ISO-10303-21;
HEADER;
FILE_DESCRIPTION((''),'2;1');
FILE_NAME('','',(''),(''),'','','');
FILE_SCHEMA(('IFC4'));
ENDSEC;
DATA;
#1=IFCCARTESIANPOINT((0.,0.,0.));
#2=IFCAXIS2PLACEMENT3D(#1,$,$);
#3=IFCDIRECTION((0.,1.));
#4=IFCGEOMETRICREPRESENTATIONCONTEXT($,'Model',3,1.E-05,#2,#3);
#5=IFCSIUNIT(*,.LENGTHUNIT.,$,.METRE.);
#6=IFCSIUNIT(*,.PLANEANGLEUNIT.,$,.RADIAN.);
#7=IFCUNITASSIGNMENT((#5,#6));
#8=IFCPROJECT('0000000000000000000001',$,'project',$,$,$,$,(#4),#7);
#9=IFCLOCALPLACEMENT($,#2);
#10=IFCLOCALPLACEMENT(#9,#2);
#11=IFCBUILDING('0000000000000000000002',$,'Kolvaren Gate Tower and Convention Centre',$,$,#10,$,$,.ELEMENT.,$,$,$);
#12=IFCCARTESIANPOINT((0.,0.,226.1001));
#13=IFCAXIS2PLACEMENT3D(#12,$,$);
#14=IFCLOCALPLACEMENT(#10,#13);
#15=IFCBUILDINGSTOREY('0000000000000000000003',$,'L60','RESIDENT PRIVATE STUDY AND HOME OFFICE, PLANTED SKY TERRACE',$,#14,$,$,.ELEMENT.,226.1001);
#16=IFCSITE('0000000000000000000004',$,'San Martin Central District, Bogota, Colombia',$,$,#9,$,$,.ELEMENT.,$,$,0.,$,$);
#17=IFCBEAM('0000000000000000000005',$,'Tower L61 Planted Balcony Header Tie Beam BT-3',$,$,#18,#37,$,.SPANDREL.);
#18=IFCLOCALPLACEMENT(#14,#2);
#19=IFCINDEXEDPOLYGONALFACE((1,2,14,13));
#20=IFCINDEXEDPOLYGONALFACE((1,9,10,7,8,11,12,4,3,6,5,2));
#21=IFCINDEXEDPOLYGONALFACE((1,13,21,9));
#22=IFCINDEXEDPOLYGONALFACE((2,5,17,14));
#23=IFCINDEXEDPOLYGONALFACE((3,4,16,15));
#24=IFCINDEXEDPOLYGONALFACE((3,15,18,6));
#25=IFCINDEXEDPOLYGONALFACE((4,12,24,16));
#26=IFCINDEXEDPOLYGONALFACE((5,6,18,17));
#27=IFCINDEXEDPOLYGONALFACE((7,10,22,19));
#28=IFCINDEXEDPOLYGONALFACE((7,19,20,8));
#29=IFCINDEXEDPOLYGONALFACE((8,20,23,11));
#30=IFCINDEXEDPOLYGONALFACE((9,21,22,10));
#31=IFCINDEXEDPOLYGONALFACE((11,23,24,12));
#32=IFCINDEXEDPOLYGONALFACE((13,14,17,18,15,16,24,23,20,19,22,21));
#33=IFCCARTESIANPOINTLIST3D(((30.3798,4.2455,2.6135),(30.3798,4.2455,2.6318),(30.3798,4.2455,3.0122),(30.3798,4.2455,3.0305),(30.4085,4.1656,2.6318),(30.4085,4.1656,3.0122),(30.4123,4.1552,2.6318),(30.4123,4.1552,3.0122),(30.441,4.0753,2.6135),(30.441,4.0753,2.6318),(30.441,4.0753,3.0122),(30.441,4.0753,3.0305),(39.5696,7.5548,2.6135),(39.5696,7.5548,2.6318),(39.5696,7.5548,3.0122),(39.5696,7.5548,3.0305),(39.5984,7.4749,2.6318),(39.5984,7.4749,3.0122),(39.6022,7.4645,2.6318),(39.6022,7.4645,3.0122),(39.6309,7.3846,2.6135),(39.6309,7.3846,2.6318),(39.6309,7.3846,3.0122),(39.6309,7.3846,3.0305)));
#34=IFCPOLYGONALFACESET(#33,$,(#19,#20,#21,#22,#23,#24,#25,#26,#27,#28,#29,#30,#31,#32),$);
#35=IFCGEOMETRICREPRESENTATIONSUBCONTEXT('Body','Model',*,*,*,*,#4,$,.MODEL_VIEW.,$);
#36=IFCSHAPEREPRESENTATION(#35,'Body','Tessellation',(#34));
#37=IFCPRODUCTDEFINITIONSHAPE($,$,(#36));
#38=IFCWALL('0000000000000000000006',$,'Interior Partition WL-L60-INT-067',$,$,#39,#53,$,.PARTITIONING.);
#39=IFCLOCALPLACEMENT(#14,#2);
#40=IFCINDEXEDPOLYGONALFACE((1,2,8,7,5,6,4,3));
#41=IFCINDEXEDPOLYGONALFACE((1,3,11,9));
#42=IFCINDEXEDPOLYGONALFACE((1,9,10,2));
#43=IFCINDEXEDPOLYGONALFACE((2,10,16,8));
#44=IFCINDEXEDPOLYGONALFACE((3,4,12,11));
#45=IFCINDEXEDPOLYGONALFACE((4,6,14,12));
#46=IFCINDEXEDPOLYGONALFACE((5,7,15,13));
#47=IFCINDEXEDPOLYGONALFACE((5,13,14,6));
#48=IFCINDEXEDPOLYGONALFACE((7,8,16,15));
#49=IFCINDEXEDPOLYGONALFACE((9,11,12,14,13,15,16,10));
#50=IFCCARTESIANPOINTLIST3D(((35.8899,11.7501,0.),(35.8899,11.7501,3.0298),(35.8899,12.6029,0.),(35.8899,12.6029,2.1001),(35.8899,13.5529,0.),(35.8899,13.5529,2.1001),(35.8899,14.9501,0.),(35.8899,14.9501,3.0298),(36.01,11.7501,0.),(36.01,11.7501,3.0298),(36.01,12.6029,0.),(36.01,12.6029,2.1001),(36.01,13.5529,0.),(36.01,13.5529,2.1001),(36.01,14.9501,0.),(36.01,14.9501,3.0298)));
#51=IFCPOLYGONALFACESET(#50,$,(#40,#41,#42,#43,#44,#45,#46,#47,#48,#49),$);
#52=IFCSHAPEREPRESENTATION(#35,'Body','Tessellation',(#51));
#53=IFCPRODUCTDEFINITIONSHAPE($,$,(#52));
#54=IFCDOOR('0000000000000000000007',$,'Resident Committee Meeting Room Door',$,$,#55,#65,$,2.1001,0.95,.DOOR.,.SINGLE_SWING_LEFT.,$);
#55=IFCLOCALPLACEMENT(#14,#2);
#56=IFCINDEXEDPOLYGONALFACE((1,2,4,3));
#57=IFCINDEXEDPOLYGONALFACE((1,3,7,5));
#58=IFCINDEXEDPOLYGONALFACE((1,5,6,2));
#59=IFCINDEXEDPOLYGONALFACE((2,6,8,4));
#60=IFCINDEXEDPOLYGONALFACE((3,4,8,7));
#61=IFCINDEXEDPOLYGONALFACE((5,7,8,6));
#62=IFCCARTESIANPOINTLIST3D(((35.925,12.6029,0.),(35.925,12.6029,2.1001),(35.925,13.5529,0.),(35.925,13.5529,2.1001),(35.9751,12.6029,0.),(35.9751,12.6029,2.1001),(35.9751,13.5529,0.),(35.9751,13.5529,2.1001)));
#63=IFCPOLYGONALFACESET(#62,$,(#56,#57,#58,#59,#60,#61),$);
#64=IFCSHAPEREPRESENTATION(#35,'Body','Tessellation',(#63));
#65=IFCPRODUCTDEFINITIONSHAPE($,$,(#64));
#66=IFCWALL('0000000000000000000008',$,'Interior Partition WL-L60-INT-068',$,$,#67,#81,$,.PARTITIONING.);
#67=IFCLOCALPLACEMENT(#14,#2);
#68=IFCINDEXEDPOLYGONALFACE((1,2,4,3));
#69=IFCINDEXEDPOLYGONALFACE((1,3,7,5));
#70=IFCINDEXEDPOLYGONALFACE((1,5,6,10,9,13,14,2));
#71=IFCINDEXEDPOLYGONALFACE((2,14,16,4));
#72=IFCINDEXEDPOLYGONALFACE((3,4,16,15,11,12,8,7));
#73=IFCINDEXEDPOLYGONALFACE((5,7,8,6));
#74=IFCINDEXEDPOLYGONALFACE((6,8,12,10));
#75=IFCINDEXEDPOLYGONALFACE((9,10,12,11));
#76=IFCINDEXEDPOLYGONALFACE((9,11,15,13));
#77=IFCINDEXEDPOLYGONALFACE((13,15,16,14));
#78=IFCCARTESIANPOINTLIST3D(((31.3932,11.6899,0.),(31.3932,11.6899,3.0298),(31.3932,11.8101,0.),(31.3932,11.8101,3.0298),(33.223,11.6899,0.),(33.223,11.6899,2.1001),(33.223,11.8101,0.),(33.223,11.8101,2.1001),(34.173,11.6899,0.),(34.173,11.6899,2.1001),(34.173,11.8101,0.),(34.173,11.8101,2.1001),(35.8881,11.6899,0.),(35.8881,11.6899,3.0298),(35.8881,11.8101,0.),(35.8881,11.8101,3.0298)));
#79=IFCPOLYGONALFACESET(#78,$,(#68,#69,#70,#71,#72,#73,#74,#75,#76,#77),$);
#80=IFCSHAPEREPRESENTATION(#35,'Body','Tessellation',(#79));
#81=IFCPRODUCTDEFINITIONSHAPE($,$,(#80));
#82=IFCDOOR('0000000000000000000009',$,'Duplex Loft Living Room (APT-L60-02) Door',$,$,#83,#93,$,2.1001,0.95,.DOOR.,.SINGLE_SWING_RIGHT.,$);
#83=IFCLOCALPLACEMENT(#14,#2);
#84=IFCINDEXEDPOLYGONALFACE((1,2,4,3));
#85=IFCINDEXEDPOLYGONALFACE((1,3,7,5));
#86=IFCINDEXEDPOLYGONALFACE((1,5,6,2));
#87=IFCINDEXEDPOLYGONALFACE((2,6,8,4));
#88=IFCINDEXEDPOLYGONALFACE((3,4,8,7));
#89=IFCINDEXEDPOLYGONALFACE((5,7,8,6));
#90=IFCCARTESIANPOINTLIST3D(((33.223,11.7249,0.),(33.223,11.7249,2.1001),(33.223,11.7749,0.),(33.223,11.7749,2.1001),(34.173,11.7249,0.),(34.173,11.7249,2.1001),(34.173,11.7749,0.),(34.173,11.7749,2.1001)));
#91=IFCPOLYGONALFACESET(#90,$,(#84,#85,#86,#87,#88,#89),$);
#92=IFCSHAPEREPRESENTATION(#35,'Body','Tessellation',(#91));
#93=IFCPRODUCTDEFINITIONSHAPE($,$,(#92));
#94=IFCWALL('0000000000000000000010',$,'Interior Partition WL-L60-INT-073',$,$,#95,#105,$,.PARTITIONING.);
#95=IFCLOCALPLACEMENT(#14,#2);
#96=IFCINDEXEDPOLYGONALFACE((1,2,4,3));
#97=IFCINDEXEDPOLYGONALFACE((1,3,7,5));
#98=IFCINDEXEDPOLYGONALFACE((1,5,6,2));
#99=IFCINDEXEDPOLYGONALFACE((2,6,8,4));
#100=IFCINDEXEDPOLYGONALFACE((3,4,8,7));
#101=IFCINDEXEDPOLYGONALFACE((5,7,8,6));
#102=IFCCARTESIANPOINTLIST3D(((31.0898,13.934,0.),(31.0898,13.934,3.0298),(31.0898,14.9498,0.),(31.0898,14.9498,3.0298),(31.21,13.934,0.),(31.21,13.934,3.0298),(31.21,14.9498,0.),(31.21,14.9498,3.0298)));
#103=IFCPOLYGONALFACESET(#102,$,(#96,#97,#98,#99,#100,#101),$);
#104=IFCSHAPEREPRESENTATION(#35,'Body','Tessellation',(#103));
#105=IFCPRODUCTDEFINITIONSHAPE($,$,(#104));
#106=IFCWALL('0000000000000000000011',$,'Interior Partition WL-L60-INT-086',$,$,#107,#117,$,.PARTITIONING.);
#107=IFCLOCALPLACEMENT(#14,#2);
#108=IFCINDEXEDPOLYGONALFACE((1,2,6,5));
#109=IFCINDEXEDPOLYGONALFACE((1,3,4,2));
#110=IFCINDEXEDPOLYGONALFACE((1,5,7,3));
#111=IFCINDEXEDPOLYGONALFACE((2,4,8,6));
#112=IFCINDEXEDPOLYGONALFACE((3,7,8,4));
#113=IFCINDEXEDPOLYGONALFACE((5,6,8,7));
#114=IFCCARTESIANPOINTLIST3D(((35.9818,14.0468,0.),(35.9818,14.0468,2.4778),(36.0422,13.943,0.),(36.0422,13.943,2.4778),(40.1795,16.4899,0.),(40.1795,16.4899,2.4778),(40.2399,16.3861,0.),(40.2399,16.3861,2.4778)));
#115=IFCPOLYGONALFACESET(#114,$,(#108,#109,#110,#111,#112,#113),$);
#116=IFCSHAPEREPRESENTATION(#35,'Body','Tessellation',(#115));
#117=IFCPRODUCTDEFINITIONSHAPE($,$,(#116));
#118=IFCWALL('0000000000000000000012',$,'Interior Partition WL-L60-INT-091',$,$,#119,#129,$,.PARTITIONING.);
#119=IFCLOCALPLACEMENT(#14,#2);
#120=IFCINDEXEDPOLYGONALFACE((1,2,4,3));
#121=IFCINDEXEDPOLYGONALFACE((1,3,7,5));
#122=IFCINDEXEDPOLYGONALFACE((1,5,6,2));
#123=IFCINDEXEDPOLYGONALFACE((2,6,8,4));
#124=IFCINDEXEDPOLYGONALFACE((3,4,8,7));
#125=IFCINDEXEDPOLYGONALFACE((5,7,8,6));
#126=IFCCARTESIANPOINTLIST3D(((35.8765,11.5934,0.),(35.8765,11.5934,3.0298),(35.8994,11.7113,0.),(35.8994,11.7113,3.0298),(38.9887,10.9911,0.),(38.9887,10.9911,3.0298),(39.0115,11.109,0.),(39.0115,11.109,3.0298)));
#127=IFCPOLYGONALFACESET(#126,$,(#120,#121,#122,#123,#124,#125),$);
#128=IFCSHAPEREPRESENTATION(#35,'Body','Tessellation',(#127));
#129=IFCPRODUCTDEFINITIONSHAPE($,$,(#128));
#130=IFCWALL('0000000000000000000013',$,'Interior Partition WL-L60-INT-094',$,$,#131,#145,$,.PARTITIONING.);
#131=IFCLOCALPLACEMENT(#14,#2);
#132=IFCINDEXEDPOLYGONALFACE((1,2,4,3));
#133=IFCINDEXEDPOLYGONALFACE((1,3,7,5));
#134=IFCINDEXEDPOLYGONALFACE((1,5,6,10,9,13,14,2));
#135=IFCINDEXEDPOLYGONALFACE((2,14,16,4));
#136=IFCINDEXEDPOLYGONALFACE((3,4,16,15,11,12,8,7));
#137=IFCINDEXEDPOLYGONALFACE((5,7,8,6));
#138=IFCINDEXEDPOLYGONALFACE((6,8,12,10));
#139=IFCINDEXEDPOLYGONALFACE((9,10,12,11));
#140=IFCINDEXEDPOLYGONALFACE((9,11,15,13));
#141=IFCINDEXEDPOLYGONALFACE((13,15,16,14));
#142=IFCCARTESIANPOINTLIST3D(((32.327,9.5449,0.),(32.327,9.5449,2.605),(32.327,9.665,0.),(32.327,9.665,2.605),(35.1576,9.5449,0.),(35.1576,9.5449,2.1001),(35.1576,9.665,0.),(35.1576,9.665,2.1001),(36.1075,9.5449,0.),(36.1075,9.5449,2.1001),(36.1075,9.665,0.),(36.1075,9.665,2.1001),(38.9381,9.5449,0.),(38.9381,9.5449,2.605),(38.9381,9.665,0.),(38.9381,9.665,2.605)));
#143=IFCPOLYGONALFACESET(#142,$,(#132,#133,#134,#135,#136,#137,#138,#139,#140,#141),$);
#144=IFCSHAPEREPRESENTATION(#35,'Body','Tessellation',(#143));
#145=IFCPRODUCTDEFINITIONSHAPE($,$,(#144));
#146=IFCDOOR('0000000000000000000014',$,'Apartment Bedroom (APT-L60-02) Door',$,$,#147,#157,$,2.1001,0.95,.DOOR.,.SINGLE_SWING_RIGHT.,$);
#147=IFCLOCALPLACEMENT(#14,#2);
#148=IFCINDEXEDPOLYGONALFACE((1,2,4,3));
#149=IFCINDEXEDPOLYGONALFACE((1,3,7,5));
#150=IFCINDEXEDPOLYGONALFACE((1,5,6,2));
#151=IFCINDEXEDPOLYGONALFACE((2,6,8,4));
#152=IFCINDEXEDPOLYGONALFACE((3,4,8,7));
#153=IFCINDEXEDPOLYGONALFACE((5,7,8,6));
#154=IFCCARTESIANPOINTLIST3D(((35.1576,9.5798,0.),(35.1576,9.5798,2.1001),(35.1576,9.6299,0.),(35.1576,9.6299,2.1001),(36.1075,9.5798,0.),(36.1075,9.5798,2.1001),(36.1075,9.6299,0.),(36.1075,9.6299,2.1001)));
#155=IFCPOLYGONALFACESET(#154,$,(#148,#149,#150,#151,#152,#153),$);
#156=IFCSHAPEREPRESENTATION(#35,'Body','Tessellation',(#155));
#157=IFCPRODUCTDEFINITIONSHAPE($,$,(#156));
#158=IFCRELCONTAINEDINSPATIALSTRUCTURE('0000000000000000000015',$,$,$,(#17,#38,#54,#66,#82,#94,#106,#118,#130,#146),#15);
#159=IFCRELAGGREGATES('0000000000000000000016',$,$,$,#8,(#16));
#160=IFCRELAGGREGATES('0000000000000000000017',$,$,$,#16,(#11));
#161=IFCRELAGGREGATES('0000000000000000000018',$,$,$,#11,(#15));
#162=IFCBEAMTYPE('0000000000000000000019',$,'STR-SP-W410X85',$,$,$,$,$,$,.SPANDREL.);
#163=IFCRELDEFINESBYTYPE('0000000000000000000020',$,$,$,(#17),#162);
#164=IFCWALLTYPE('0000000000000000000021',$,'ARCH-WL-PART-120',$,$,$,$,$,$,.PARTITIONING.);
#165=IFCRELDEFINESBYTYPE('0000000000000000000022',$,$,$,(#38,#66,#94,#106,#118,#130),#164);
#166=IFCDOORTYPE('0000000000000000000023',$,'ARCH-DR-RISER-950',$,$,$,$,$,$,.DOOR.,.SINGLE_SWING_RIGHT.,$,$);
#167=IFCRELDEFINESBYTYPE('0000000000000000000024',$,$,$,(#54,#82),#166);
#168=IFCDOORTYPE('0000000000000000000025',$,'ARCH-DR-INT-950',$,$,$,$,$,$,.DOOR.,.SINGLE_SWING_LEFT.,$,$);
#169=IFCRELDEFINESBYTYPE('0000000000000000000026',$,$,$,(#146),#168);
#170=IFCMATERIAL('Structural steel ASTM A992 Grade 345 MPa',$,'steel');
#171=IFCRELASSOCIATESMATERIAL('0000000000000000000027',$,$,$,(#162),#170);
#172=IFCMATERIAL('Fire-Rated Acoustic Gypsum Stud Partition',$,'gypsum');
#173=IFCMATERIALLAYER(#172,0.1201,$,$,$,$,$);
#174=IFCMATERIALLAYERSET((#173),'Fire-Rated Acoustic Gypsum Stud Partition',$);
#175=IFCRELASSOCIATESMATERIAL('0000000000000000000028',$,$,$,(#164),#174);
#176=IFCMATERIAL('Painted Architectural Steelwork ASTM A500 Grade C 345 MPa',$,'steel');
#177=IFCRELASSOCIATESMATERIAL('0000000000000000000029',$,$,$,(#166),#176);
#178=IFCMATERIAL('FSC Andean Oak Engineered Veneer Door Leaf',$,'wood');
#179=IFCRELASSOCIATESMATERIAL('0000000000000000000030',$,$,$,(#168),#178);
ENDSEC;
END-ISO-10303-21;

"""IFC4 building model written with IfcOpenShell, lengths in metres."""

from ifc_helpers import new_model, si_unit, direction, frame, frame_2d, origin, origin_2d, place, context, subcontext, project, spatial, rectangle, i_section, extrude, material, layer, layer_set, material_profile, profile_set, type_object, element, fill, save


model = new_model("IFC4")

# Units and contexts
model_context = context("Model", 3, precision=1e-05, world=origin(), true_north=direction((0.0, 1.0)))
body_context = subcontext(model_context, "Body", "Model", "MODEL_VIEW")
ifc_project = project(units=[si_unit("LENGTHUNIT", "METRE"), si_unit("PLANEANGLEUNIT", "RADIAN")], contexts=[model_context])

# Site, building, storey
site_placement = place(None, origin())
site = spatial("IfcSite", under=ifc_project, at=site_placement, Name="San Martin Central District, Bogota, Colombia", CompositionType="ELEMENT", RefElevation=0.0)
building_placement = place(site_placement, origin())
building = spatial("IfcBuilding", under=site, at=building_placement, Name="Kolvaren Gate Tower and Convention Centre", CompositionType="ELEMENT")
storey_placement = place(building_placement, frame((0.0, 0.0, 226.1001)))
storey = spatial("IfcBuildingStorey", under=building, at=storey_placement, Name="L60", Description="RESIDENT PRIVATE STUDY AND HOME OFFICE, PLANTED SKY TERRACE", CompositionType="ELEMENT", Elevation=226.1001)

# Beam
ifc_material_1 = material(Name="Structural steel ASTM A992 Grade 345 MPa", Category="steel")
ifc_material_profile = material_profile(ifc_material_1, i_section(OverallWidth=0.1809, OverallDepth=0.417, WebThickness=0.011, FlangeThickness=0.0183, at=origin_2d()), Name="W410X85")
ifc_profile_set = profile_set([ifc_material_profile], Name="Structural steel ASTM A992 Grade 345 MPa")
beam_type = type_object("IfcBeamType", Name="STR-SP-W410X85", PredefinedType="SPANDREL", material=ifc_profile_set)
beam_placement = place(storey_placement, frame((30.4104, 4.1604, 2.822), z_axis=(0.940857, 0.338805, 0.0), x_axis=(-0.338805, 0.940857, 0.0)))
element("IfcBeam", 1, at=beam_placement, inside=storey, type_object=beam_type, Name="Tower L61 Planted Balcony Header Tie Beam BT-3", PredefinedType="SPANDREL", context=body_context, shape_type="SweptSolid", body=[
    extrude(i_section(OverallWidth=0.1809, OverallDepth=0.417, WebThickness=0.011, FlangeThickness=0.0183, at=origin_2d()), origin(), (0.0, 0.0, 1.0), 9.7676),
])

# Walls, openings, doors
ifc_material_2 = material(Name="Fire-Rated Acoustic Gypsum Stud Partition", Category="gypsum")
ifc_layer_1 = layer(ifc_material_2, 0.1201)
ifc_layer_set_1 = layer_set([ifc_layer_1], Name="Fire-Rated Acoustic Gypsum Stud Partition")
wall_type_1 = type_object("IfcWallType", Name="ARCH-WL-PART-120", PredefinedType="PARTITIONING", material=ifc_layer_set_1)
wall_1_placement = place(storey_placement, frame((35.95, 11.75, 0.0), z_axis=(0.0, 0.0, 1.0), x_axis=(0.0, 1.0, 0.0)))
wall_1 = element("IfcWall", 2, at=wall_1_placement, inside=storey, type_object=wall_type_1, Name="Interior Partition WL-L60-INT-067", PredefinedType="PARTITIONING", context=body_context, shape_type="SweptSolid", body=[
    extrude(rectangle(XDim=3.2, YDim=0.1201, at=frame_2d((1.6001, 0.0))), origin(), (0.0, 0.0, 1.0), 3.0298),
])
opening_1_placement = place(wall_1_placement, frame((0.8528, 0.0, 0.0)))
opening_1 = element("IfcOpeningElement", 3, at=opening_1_placement, cuts=wall_1, PredefinedType="OPENING", context=body_context, shape_type="SweptSolid", body=[
    extrude(rectangle(XDim=0.95, YDim=2.1001, at=frame_2d((0.4751, 1.05))), frame((0.0, 0.0701, 0.0), z_axis=(0.0, -1.0, 0.0), x_axis=(1.0, 0.0, 0.0)), (0.0, 0.0, 1.0), 0.1401),
])
ifc_material_3 = material(Name="Painted Architectural Steelwork ASTM A500 Grade C 345 MPa", Category="steel")
door_type_1 = type_object("IfcDoorType", Name="ARCH-DR-RISER-950", OperationType="SINGLE_SWING_RIGHT", PredefinedType="DOOR", material=ifc_material_3)
door_1_placement = place(opening_1_placement, origin())
door_1 = element("IfcDoor", 4, at=door_1_placement, inside=storey, type_object=door_type_1, Name="Resident Committee Meeting Room Door", OperationType="SINGLE_SWING_LEFT", OverallHeight=2.1001, OverallWidth=0.95, PredefinedType="DOOR", context=body_context, shape_type="SweptSolid", body=[
    extrude(rectangle(XDim=0.95, YDim=2.1001, at=frame_2d((0.4751, 1.05))), frame((0.0, 0.0249, 0.0), z_axis=(0.0, -1.0, 0.0), x_axis=(1.0, 0.0, 0.0)), (0.0, 0.0, 1.0), 0.05),
])
fill(opening_1, door_1)
wall_2_placement = place(storey_placement, frame((31.3931, 11.75, 0.0), z_axis=(0.0, 0.0, 1.0), x_axis=(1.0, 0.0, 0.0)))
wall_2 = element("IfcWall", 5, at=wall_2_placement, inside=storey, type_object=wall_type_1, Name="Interior Partition WL-L60-INT-068", PredefinedType="PARTITIONING", context=body_context, shape_type="SweptSolid", body=[
    extrude(rectangle(XDim=4.4949, YDim=0.1201, at=frame_2d((2.2476, 0.0))), origin(), (0.0, 0.0, 1.0), 3.0298),
])
opening_2_placement = place(wall_2_placement, frame((1.8298, 0.0, 0.0)))
opening_2 = element("IfcOpeningElement", 6, at=opening_2_placement, cuts=wall_2, PredefinedType="OPENING", context=body_context, shape_type="SweptSolid", body=[
    extrude(rectangle(XDim=0.95, YDim=2.1001, at=frame_2d((0.4751, 1.05))), frame((0.0, 0.0701, 0.0), z_axis=(0.0, -1.0, 0.0), x_axis=(1.0, 0.0, 0.0)), (0.0, 0.0, 1.0), 0.1401),
])
door_2_placement = place(opening_2_placement, origin())
door_2 = element("IfcDoor", 7, at=door_2_placement, inside=storey, type_object=door_type_1, Name="Duplex Loft Living Room (APT-L60-02) Door", OperationType="SINGLE_SWING_RIGHT", OverallHeight=2.1001, OverallWidth=0.95, PredefinedType="DOOR", context=body_context, shape_type="SweptSolid", body=[
    extrude(rectangle(XDim=0.95, YDim=2.1001, at=frame_2d((0.4751, 1.05))), frame((0.0, 0.0249, 0.0), z_axis=(0.0, -1.0, 0.0), x_axis=(1.0, 0.0, 0.0)), (0.0, 0.0, 1.0), 0.05),
])
fill(opening_2, door_2)

# Walls
wall_3_placement = place(storey_placement, frame((31.1499, 13.9341, 0.0), z_axis=(0.0, 0.0, 1.0), x_axis=(0.0, 1.0, 0.0)))
element("IfcWall", 8, at=wall_3_placement, inside=storey, type_object=wall_type_1, Name="Interior Partition WL-L60-INT-073", PredefinedType="PARTITIONING", context=body_context, shape_type="SweptSolid", body=[
    extrude(rectangle(XDim=1.0159, YDim=0.1201, at=frame_2d((0.5078, 0.0))), origin(), (0.0, 0.0, 1.0), 3.0298),
])
wall_4_placement = place(storey_placement, frame((36.012, 13.9949, 0.0), z_axis=(0.0, 0.0, 1.0), x_axis=(0.864278, 0.503014, 0.0)))
element("IfcWall", 9, at=wall_4_placement, inside=storey, type_object=wall_type_1, Name="Interior Partition WL-L60-INT-086", PredefinedType="PARTITIONING", context=body_context, shape_type="SweptSolid", body=[
    extrude(rectangle(XDim=4.8569, YDim=0.1201, at=frame_2d((2.4285, 0.0))), origin(), (0.0, 0.0, 1.0), 2.4778),
])
wall_5_placement = place(storey_placement, frame((35.8879, 11.6523, 0.0), z_axis=(0.0, 0.0, 1.0), x_axis=(0.981782, -0.19001, 0.0)))
element("IfcWall", 10, at=wall_5_placement, inside=storey, type_object=wall_type_1, Name="Interior Partition WL-L60-INT-091", PredefinedType="PARTITIONING", context=body_context, shape_type="SweptSolid", body=[
    extrude(rectangle(XDim=3.1699, YDim=0.1201, at=frame_2d((1.585, 0.0))), origin(), (0.0, 0.0, 1.0), 3.0298),
])

# Wall, opening, door
wall_6_placement = place(storey_placement, frame((32.3269, 9.605, 0.0), z_axis=(0.0, 0.0, 1.0), x_axis=(1.0, 0.0, 0.0)))
wall_6 = element("IfcWall", 11, at=wall_6_placement, inside=storey, type_object=wall_type_1, Name="Interior Partition WL-L60-INT-094", PredefinedType="PARTITIONING", context=body_context, shape_type="SweptSolid", body=[
    extrude(rectangle(XDim=6.6111, YDim=0.1201, at=frame_2d((3.3057, 0.0))), origin(), (0.0, 0.0, 1.0), 2.605),
])
opening_3_placement = place(wall_6_placement, frame((2.8306, 0.0, 0.0)))
opening_3 = element("IfcOpeningElement", 12, at=opening_3_placement, cuts=wall_6, PredefinedType="OPENING", context=body_context, shape_type="SweptSolid", body=[
    extrude(rectangle(XDim=0.95, YDim=2.1001, at=frame_2d((0.4751, 1.05))), frame((0.0, 0.0701, 0.0), z_axis=(0.0, -1.0, 0.0), x_axis=(1.0, 0.0, 0.0)), (0.0, 0.0, 1.0), 0.1401),
])
ifc_material_4 = material(Name="FSC Andean Oak Engineered Veneer Door Leaf", Category="wood")
door_type_2 = type_object("IfcDoorType", Name="ARCH-DR-INT-950", OperationType="SINGLE_SWING_LEFT", PredefinedType="DOOR", material=ifc_material_4)
door_3_placement = place(opening_3_placement, origin())
door_3 = element("IfcDoor", 13, at=door_3_placement, inside=storey, type_object=door_type_2, Name="Apartment Bedroom (APT-L60-02) Door", OperationType="SINGLE_SWING_RIGHT", OverallHeight=2.1001, OverallWidth=0.95, PredefinedType="DOOR", context=body_context, shape_type="SweptSolid", body=[
    extrude(rectangle(XDim=0.95, YDim=2.1001, at=frame_2d((0.4751, 1.05))), frame((0.0, 0.0249, 0.0), z_axis=(0.0, -1.0, 0.0), x_axis=(1.0, 0.0, 0.0)), (0.0, 0.0, 1.0), 0.05),
])
fill(opening_3, door_3)

save(model, "model.ifc")
